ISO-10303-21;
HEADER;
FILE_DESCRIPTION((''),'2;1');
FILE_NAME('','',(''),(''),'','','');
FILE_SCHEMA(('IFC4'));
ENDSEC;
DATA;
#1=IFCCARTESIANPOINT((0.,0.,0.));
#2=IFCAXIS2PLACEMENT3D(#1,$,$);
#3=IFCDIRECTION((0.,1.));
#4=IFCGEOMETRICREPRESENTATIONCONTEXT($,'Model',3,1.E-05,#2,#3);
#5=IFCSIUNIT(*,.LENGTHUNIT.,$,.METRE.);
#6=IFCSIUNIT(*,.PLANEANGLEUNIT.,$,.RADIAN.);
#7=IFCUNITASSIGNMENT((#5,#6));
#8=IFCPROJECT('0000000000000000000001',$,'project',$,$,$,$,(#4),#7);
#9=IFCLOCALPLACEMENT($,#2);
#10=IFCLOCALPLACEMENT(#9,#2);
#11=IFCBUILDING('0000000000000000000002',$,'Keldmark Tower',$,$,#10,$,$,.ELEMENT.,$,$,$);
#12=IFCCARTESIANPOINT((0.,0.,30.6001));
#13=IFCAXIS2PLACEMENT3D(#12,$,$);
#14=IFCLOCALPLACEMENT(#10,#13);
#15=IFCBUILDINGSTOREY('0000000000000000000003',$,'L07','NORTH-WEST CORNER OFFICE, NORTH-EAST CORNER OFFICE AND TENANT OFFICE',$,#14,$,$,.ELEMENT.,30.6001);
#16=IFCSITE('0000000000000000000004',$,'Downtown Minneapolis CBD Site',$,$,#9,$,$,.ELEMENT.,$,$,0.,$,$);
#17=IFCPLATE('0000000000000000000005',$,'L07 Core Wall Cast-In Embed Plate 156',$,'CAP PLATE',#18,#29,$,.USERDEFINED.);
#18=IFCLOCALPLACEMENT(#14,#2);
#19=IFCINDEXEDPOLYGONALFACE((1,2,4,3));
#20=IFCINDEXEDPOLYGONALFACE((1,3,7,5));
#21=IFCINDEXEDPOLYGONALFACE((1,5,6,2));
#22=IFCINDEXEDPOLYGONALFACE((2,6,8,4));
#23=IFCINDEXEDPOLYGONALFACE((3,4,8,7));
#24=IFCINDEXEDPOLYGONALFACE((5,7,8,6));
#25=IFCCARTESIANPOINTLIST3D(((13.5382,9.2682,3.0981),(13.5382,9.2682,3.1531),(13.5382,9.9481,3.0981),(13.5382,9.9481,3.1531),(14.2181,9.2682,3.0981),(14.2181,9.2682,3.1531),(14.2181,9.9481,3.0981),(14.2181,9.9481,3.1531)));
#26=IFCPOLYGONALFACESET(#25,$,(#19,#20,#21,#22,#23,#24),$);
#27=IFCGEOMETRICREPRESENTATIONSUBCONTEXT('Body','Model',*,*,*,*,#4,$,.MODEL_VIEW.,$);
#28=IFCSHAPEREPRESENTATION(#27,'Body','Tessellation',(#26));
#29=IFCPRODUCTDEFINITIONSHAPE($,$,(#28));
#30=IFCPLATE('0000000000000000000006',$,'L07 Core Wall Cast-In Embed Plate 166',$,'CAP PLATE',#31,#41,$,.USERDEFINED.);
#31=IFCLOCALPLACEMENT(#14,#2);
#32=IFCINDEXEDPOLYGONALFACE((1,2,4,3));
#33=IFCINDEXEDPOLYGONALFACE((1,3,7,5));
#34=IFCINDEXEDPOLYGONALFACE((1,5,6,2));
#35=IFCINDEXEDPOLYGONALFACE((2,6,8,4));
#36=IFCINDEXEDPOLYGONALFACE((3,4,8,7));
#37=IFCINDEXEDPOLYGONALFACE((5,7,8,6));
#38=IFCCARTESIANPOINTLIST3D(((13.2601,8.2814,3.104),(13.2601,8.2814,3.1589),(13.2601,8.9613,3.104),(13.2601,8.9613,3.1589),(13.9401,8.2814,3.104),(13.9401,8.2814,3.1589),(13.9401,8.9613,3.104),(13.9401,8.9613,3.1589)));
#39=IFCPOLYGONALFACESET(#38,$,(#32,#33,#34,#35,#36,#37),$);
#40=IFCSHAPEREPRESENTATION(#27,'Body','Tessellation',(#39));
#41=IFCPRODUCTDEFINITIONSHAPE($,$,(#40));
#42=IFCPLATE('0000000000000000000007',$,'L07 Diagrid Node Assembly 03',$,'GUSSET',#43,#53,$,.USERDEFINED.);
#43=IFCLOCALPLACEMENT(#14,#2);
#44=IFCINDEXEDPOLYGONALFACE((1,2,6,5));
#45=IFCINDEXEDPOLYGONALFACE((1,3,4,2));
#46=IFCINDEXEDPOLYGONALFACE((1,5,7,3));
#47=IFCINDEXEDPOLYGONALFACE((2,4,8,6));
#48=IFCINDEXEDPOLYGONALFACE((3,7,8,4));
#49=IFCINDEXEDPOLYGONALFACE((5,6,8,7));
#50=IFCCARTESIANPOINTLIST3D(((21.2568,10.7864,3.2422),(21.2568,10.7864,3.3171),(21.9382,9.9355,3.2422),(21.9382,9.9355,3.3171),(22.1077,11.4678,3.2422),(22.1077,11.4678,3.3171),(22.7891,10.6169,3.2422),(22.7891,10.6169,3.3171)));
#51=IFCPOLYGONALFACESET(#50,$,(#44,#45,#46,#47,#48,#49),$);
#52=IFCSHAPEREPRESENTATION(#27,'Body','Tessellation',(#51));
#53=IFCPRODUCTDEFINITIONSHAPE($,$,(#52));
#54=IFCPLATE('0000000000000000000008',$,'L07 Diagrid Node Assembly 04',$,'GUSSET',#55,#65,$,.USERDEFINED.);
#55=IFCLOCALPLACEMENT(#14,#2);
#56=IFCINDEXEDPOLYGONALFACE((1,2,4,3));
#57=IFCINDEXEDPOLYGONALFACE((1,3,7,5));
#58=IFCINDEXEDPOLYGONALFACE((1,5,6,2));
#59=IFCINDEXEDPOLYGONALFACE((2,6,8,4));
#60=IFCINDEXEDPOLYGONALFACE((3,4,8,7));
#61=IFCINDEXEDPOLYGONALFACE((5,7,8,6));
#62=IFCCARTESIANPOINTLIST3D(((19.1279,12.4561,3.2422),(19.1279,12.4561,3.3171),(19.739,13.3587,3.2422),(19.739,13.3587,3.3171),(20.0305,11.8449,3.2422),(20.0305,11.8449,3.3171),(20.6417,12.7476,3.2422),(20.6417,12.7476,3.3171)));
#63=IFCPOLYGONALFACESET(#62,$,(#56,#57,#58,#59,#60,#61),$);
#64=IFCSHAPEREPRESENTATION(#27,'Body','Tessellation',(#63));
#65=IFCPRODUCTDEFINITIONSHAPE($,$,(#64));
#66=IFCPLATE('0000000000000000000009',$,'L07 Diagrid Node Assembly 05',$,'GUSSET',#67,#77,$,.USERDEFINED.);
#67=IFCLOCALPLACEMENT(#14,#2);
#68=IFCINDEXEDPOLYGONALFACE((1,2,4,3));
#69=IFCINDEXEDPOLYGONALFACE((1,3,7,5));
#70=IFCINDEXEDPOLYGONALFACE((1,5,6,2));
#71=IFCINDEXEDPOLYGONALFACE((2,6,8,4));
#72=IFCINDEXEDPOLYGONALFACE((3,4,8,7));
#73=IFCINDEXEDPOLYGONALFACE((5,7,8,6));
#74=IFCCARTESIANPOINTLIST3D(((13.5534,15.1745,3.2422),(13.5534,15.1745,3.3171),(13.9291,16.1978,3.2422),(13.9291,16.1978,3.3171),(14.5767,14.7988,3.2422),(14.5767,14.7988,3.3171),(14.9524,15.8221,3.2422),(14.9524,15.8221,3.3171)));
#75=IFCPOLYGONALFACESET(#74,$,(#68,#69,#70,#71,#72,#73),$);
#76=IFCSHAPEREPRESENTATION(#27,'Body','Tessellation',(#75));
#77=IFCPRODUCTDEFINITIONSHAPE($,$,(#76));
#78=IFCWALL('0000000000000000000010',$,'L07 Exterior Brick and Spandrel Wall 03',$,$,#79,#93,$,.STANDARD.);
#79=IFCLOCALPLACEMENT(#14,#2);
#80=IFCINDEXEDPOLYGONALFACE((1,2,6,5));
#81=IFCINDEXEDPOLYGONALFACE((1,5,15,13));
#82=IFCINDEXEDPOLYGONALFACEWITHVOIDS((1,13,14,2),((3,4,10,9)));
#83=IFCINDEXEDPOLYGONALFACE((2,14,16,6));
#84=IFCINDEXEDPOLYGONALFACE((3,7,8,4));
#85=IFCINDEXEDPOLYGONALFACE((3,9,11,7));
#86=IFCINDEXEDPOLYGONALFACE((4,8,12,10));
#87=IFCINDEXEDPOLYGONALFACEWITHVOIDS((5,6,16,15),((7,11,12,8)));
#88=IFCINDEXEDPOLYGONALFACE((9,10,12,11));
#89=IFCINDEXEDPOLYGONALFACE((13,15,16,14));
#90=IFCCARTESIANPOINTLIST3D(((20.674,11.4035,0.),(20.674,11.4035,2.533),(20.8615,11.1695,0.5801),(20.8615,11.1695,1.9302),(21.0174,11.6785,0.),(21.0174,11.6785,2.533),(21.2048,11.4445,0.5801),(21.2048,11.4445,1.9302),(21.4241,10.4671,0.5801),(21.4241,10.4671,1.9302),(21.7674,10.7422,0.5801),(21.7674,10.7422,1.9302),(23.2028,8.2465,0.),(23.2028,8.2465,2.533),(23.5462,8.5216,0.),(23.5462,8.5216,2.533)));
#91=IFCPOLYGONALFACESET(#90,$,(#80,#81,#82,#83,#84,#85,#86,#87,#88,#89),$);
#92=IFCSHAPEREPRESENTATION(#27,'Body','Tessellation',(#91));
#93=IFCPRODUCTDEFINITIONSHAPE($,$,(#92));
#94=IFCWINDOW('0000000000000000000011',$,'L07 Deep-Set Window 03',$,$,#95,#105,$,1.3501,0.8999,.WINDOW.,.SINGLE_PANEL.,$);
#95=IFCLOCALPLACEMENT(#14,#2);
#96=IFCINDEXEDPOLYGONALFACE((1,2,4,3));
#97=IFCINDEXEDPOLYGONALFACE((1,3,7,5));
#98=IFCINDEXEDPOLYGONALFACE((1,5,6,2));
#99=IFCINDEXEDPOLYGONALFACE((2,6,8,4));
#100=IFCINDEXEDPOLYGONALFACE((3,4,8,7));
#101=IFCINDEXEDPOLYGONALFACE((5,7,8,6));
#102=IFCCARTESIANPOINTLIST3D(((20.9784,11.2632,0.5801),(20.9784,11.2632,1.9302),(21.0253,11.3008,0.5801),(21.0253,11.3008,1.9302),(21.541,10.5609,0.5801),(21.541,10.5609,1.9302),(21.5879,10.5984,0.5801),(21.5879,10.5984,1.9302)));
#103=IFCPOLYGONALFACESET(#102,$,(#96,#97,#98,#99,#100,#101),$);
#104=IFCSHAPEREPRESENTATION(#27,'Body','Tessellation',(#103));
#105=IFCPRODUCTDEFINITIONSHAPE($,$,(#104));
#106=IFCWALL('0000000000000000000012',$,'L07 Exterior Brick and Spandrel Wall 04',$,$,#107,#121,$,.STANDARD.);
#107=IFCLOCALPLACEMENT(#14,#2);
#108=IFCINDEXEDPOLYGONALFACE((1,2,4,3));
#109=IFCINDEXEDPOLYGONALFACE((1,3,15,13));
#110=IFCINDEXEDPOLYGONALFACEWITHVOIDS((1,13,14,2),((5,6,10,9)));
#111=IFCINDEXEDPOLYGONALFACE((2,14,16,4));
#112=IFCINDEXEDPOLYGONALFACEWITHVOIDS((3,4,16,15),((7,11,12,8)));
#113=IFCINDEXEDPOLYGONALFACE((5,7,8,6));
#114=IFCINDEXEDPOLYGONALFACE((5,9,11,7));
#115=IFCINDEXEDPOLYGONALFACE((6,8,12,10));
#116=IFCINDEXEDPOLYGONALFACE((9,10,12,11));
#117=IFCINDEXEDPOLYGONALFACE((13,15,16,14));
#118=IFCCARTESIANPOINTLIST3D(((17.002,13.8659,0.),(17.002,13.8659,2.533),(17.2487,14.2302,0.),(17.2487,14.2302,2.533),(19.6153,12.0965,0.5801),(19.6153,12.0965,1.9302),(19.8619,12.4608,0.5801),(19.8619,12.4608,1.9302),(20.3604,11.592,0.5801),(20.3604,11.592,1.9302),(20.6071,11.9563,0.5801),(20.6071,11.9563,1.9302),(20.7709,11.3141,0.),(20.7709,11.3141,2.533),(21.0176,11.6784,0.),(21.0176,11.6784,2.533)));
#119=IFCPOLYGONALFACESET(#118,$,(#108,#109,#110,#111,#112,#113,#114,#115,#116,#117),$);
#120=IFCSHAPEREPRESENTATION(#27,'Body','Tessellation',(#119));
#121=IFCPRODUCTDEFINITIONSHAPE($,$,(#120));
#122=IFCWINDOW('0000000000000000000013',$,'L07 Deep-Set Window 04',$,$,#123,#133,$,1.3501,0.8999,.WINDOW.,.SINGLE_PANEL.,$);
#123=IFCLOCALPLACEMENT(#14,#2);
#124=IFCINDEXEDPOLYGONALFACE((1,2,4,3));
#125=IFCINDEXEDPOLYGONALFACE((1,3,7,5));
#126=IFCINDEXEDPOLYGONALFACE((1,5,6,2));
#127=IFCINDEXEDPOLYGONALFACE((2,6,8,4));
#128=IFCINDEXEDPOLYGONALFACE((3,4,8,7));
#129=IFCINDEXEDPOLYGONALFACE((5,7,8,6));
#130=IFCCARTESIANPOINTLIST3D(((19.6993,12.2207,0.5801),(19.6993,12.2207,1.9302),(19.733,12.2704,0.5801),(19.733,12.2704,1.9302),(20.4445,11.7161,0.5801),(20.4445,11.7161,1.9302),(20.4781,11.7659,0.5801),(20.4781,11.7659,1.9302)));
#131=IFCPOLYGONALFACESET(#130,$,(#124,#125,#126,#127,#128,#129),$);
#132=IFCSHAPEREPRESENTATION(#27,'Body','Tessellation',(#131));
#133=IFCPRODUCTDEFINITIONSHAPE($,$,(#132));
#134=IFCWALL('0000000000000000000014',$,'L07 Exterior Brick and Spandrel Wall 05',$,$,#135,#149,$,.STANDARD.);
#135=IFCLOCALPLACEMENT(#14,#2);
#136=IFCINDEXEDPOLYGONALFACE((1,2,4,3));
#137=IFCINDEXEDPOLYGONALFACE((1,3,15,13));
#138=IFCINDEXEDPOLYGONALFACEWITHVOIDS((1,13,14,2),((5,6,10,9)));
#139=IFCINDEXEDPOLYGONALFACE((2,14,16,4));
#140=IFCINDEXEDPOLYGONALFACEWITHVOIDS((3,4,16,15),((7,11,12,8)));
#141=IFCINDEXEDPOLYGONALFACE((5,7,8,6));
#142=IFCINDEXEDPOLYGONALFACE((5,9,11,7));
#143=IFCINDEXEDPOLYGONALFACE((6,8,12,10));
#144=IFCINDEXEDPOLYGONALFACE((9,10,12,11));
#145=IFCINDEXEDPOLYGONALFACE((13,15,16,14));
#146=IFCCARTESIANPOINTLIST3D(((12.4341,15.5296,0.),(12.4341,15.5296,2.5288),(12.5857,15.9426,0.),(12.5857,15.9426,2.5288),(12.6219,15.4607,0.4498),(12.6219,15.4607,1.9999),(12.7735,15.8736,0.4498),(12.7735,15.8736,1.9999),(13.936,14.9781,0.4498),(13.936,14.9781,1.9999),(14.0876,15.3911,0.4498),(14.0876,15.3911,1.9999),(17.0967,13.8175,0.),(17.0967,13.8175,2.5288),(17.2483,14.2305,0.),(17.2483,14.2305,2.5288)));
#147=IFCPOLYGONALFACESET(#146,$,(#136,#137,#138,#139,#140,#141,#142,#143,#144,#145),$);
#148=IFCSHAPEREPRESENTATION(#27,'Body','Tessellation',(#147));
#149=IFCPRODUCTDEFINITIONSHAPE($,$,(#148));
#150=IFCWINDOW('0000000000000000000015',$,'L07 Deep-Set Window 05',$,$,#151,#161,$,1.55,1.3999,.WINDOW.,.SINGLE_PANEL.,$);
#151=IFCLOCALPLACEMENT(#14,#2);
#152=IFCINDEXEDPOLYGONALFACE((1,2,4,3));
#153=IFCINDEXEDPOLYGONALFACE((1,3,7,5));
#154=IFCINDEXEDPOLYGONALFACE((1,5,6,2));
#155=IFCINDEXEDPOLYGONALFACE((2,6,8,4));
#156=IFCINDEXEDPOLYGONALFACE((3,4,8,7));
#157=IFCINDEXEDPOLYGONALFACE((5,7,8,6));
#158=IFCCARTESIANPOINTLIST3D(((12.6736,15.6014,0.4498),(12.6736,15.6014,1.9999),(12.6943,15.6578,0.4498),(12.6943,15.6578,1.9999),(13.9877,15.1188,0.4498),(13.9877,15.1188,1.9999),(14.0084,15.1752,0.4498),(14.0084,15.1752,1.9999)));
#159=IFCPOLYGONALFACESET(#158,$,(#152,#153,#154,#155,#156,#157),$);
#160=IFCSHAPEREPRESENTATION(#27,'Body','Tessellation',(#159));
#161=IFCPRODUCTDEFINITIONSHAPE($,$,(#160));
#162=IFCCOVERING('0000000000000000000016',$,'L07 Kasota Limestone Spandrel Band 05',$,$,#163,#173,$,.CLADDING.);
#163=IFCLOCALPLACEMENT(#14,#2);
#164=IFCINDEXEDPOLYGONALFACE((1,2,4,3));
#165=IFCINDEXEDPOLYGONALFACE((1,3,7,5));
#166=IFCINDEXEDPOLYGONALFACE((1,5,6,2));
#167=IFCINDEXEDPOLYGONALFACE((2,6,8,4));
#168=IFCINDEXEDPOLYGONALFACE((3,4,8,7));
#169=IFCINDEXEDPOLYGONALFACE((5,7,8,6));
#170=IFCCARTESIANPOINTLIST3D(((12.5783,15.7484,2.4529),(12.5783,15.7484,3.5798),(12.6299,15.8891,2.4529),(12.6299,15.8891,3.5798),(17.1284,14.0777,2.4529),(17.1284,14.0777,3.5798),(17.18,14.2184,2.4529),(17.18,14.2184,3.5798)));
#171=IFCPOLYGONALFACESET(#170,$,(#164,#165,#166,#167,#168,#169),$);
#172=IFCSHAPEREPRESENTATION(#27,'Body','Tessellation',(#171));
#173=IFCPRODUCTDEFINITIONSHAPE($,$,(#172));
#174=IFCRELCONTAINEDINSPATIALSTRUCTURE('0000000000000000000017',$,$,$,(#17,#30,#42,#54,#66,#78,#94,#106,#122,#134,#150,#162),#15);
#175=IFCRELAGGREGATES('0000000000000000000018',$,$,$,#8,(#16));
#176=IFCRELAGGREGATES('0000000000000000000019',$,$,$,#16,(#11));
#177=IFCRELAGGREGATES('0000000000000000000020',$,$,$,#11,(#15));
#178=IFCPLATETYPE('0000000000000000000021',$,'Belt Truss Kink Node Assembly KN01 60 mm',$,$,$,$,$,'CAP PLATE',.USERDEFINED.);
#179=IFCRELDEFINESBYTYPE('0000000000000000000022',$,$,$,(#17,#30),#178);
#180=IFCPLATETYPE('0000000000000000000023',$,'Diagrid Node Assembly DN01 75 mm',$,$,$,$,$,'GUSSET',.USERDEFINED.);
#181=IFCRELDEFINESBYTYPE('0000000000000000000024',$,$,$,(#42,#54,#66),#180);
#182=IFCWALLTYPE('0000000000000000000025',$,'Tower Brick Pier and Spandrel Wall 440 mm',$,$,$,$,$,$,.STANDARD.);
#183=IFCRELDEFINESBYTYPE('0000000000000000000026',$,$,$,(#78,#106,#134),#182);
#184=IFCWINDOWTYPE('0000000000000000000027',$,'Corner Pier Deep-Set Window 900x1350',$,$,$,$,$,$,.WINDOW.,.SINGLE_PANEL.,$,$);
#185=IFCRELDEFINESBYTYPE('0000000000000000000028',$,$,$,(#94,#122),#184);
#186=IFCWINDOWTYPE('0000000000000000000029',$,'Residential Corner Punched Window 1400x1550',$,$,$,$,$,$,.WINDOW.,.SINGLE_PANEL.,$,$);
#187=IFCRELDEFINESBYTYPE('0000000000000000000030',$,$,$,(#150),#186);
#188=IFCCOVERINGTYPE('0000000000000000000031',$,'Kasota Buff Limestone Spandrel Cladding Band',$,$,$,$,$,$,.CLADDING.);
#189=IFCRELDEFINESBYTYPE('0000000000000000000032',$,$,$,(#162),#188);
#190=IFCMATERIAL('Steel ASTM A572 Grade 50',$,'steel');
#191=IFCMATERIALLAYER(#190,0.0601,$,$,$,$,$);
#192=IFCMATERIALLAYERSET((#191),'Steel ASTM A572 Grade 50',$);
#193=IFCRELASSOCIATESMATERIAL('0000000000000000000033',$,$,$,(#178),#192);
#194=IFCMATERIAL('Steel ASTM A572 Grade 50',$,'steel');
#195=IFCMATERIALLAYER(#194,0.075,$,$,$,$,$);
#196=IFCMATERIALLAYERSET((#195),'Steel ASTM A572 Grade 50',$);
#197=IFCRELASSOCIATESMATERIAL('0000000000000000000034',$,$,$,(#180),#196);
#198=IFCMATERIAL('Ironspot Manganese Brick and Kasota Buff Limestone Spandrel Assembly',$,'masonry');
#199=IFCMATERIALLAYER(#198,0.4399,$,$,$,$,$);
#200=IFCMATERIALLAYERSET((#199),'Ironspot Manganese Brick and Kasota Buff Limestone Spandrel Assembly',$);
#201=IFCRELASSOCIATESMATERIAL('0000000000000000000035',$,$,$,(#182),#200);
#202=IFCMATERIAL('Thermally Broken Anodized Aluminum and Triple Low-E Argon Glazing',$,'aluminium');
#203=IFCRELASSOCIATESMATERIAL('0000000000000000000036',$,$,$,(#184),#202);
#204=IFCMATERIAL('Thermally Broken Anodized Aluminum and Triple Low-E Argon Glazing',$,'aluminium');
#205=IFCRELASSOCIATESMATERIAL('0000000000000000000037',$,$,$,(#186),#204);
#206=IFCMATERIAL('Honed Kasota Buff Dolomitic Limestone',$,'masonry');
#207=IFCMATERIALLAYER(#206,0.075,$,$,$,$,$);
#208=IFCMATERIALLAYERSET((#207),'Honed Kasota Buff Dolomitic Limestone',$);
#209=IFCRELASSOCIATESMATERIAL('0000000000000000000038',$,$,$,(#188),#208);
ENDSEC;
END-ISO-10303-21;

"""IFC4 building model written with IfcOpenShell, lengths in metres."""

from ifc_helpers import new_model, si_unit, direction, frame, frame_2d, origin, origin_2d, place, context, subcontext, project, spatial, rectangle, extrude, material, layer, layer_set, type_object, element, fill, save


model = new_model("IFC4")

# Units and contexts
model_context = context("Model", 3, precision=1e-05, world=origin(), true_north=direction((0.0, 1.0)))
body_context = subcontext(model_context, "Body", "Model", "MODEL_VIEW")
ifc_project = project(units=[si_unit("LENGTHUNIT", "METRE"), si_unit("PLANEANGLEUNIT", "RADIAN")], contexts=[model_context])

# Site, building, storey
site_placement = place(None, origin())
site = spatial("IfcSite", under=ifc_project, at=site_placement, Name="Downtown Minneapolis CBD Site", CompositionType="ELEMENT", RefElevation=0.0)
building_placement = place(site_placement, origin())
building = spatial("IfcBuilding", under=site, at=building_placement, Name="Keldmark Tower", CompositionType="ELEMENT")
storey_placement = place(building_placement, frame((0.0, 0.0, 30.6001)))
storey = spatial("IfcBuildingStorey", under=building, at=storey_placement, Name="L07", Description="NORTH-WEST CORNER OFFICE, NORTH-EAST CORNER OFFICE AND TENANT OFFICE", CompositionType="ELEMENT", Elevation=30.6001)

# Plates
ifc_material_1 = material(Name="Steel ASTM A572 Grade 50", Category="steel")
ifc_layer_1 = layer(ifc_material_1, 0.0601)
ifc_layer_set_1 = layer_set([ifc_layer_1], Name="Steel ASTM A572 Grade 50")
plate_type_1 = type_object("IfcPlateType", Name="Belt Truss Kink Node Assembly KN01 60 mm", ElementType="CAP PLATE", PredefinedType="USERDEFINED", material=ifc_layer_set_1)
for number, where, z_axis, x_axis, name in (
    (1, (13.8782, 9.6082, 3.0981), (0.0, 0.0, 1.0), (1.0, 0.0, 0.0), "L07 Core Wall Cast-In Embed Plate 156"),
    (2, (13.6001, 8.6213, 3.104), (0.0, 0.0, 1.0), (1.0, 0.0, 0.0), "L07 Core Wall Cast-In Embed Plate 166"),
):
    element("IfcPlate", number, at=place(storey_placement, frame(where, z_axis=z_axis, x_axis=x_axis)), inside=storey, type_object=plate_type_1, Name=name, ObjectType="CAP PLATE", PredefinedType="USERDEFINED", context=body_context, shape_type="SweptSolid", body=[
        extrude(rectangle(XDim=0.6799, YDim=0.6799, at=origin_2d()), origin(), (0.0, 0.0, 1.0), 0.0549),
    ])
ifc_material_2 = material(Name="Steel ASTM A572 Grade 50", Category="steel")
ifc_layer_2 = layer(ifc_material_2, 0.075)
ifc_layer_set_2 = layer_set([ifc_layer_2], Name="Steel ASTM A572 Grade 50")
plate_type_2 = type_object("IfcPlateType", Name="Diagrid Node Assembly DN01 75 mm", ElementType="GUSSET", PredefinedType="USERDEFINED", material=ifc_layer_set_2)
for number, where, z_axis, x_axis, name in (
    (3, (22.0229, 10.7017, 3.2422), (0.0, 0.0, 1.0), (-0.625106, 0.78054, 0.0), "L07 Diagrid Node Assembly 03"),
    (4, (19.8848, 12.6018, 3.2422), (0.0, 0.0, 1.0), (-0.82806, 0.560639, 0.0), "L07 Diagrid Node Assembly 04"),
    (5, (14.2529, 15.4983, 3.2422), (0.0, 0.0, 1.0), (-0.938734, 0.344643, 0.0), "L07 Diagrid Node Assembly 05"),
):
    element("IfcPlate", number, at=place(storey_placement, frame(where, z_axis=z_axis, x_axis=x_axis)), inside=storey, type_object=plate_type_2, Name=name, ObjectType="GUSSET", PredefinedType="USERDEFINED", context=body_context, shape_type="SweptSolid", body=[
        extrude(rectangle(XDim=1.0901, YDim=1.0901, at=origin_2d()), origin(), (0.0, 0.0, 1.0), 0.075),
    ])

# Walls, openings, windows
ifc_material_3 = material(Name="Ironspot Manganese Brick and Kasota Buff Limestone Spandrel Assembly", Category="masonry")
ifc_layer_3 = layer(ifc_material_3, 0.4399)
ifc_layer_set_3 = layer_set([ifc_layer_3], Name="Ironspot Manganese Brick and Kasota Buff Limestone Spandrel Assembly")
wall_type = type_object("IfcWallType", Name="Tower Brick Pier and Spandrel Wall 440 mm", PredefinedType="STANDARD", material=ifc_layer_set_3)
wall_1_placement = place(storey_placement, frame((20.8457, 11.541, 0.0), z_axis=(0.0, 0.0, 1.0), x_axis=(0.625181, -0.78048, 0.0)))
wall_1 = element("IfcWall", 6, at=wall_1_placement, inside=storey, type_object=wall_type, Name="L07 Exterior Brick and Spandrel Wall 03", PredefinedType="STANDARD", context=body_context, shape_type="SweptSolid", body=[
    extrude(rectangle(XDim=4.0449, YDim=0.4399, at=frame_2d((2.0225, 0.0))), origin(), (0.0, 0.0, 1.0), 2.533),
])
opening_1_placement = place(wall_1_placement, frame((0.2998, 0.0, 0.5801)))
opening_1 = element("IfcOpeningElement", 7, at=opening_1_placement, cuts=wall_1, PredefinedType="OPENING", context=body_context, shape_type="SweptSolid", body=[
    extrude(rectangle(XDim=0.8999, YDim=1.3501, at=frame_2d((0.45, 0.675))), frame((0.0, 0.23, 0.0), z_axis=(0.0, -1.0, 0.0), x_axis=(1.0, 0.0, 0.0)), (0.0, 0.0, 1.0), 0.46),
])
ifc_material_4 = material(Name="Thermally Broken Anodized Aluminum and Triple Low-E Argon Glazing", Category="aluminium")
window_type_1 = type_object("IfcWindowType", Name="Corner Pier Deep-Set Window 900x1350", PartitioningType="SINGLE_PANEL", PredefinedType="WINDOW", material=ifc_material_4)
window_1_placement = place(opening_1_placement, origin())
window_1 = element("IfcWindow", 8, at=window_1_placement, inside=storey, type_object=window_type_1, Name="L07 Deep-Set Window 03", OverallHeight=1.3501, OverallWidth=0.8999, PartitioningType="SINGLE_PANEL", PredefinedType="WINDOW", context=body_context, shape_type="SweptSolid", body=[
    extrude(rectangle(XDim=0.8999, YDim=1.3501, at=frame_2d((0.45, 0.675))), frame((0.0, -0.01, 0.0), z_axis=(0.0, -1.0, 0.0), x_axis=(1.0, 0.0, 0.0)), (0.0, 0.0, 1.0), 0.0601),
])
fill(opening_1, window_1)
wall_2_placement = place(storey_placement, frame((17.1252, 14.0481, 0.0), z_axis=(0.0, 0.0, 1.0), x_axis=(0.828051, -0.560652, 0.0)))
wall_2 = element("IfcWall", 9, at=wall_2_placement, inside=storey, type_object=wall_type, Name="L07 Exterior Brick and Spandrel Wall 04", PredefinedType="STANDARD", context=body_context, shape_type="SweptSolid", body=[
    extrude(rectangle(XDim=4.5515, YDim=0.4399, at=frame_2d((2.2759, 0.0))), origin(), (0.0, 0.0, 1.0), 2.533),
])
opening_2_placement = place(wall_2_placement, frame((3.156, 0.0, 0.5801)))
opening_2 = element("IfcOpeningElement", 10, at=opening_2_placement, cuts=wall_2, PredefinedType="OPENING", context=body_context, shape_type="SweptSolid", body=[
    extrude(rectangle(XDim=0.8999, YDim=1.3501, at=frame_2d((0.45, 0.675))), frame((0.0, 0.23, 0.0), z_axis=(0.0, -1.0, 0.0), x_axis=(1.0, 0.0, 0.0)), (0.0, 0.0, 1.0), 0.46),
])
window_2_placement = place(opening_2_placement, origin())
window_2 = element("IfcWindow", 11, at=window_2_placement, inside=storey, type_object=window_type_1, Name="L07 Deep-Set Window 04", OverallHeight=1.3501, OverallWidth=0.8999, PartitioningType="SINGLE_PANEL", PredefinedType="WINDOW", context=body_context, shape_type="SweptSolid", body=[
    extrude(rectangle(XDim=0.8999, YDim=1.3501, at=frame_2d((0.45, 0.675))), frame((0.0, -0.01, 0.0), z_axis=(0.0, -1.0, 0.0), x_axis=(1.0, 0.0, 0.0)), (0.0, 0.0, 1.0), 0.0601),
])
fill(opening_2, window_2)
wall_3_placement = place(storey_placement, frame((12.51, 15.7361, 0.0), z_axis=(0.0, 0.0, 1.0), x_axis=(0.938711, -0.344705, 0.0)))
wall_3 = element("IfcWall", 12, at=wall_3_placement, inside=storey, type_object=wall_type, Name="L07 Exterior Brick and Spandrel Wall 05", PredefinedType="STANDARD", context=body_context, shape_type="SweptSolid", body=[
    extrude(rectangle(XDim=4.967, YDim=0.4399, at=frame_2d((2.4834, 0.0))), origin(), (0.0, 0.0, 1.0), 2.5288),
])
opening_3_placement = place(wall_3_placement, frame((0.2, 0.0, 0.45)))
opening_3 = element("IfcOpeningElement", 13, at=opening_3_placement, cuts=wall_3, PredefinedType="OPENING", context=body_context, shape_type="SweptSolid", body=[
    extrude(rectangle(XDim=1.3999, YDim=1.55, at=frame_2d((0.7, 0.7749))), frame((0.0, 0.23, 0.0), z_axis=(0.0, -1.0, 0.0), x_axis=(1.0, 0.0, 0.0)), (0.0, 0.0, 1.0), 0.46),
])
ifc_material_5 = material(Name="Thermally Broken Anodized Aluminum and Triple Low-E Argon Glazing", Category="aluminium")
window_type_2 = type_object("IfcWindowType", Name="Residential Corner Punched Window 1400x1550", PartitioningType="SINGLE_PANEL", PredefinedType="WINDOW", material=ifc_material_5)
window_3_placement = place(opening_3_placement, origin())
window_3 = element("IfcWindow", 14, at=window_3_placement, inside=storey, type_object=window_type_2, Name="L07 Deep-Set Window 05", OverallHeight=1.55, OverallWidth=1.3999, PartitioningType="SINGLE_PANEL", PredefinedType="WINDOW", context=body_context, shape_type="SweptSolid", body=[
    extrude(rectangle(XDim=1.3999, YDim=1.55, at=frame_2d((0.7, 0.7749))), frame((0.0, -0.01, 0.0), z_axis=(0.0, -1.0, 0.0), x_axis=(1.0, 0.0, 0.0)), (0.0, 0.0, 1.0), 0.0601),
])
fill(opening_3, window_3)

# Covering
ifc_material_6 = material(Name="Honed Kasota Buff Dolomitic Limestone", Category="masonry")
ifc_layer_4 = layer(ifc_material_6, 0.075)
ifc_layer_set_4 = layer_set([ifc_layer_4], Name="Honed Kasota Buff Dolomitic Limestone")
covering_type = type_object("IfcCoveringType", Name="Kasota Buff Limestone Spandrel Cladding Band", PredefinedType="CLADDING", material=ifc_layer_set_4)
covering_placement = place(storey_placement, frame((14.8792, 14.9834, 2.4529), z_axis=(0.0, 0.0, 1.0), x_axis=(-0.938716, 0.344692, 0.0)))
element("IfcCovering", 15, at=covering_placement, inside=storey, type_object=covering_type, Name="L07 Kasota Limestone Spandrel Band 05", PredefinedType="CLADDING", context=body_context, shape_type="SweptSolid", body=[
    extrude(rectangle(XDim=4.8472, YDim=0.1499, at=origin_2d()), origin(), (0.0, 0.0, 1.0), 1.127),
])

save(model, "model.ifc")
